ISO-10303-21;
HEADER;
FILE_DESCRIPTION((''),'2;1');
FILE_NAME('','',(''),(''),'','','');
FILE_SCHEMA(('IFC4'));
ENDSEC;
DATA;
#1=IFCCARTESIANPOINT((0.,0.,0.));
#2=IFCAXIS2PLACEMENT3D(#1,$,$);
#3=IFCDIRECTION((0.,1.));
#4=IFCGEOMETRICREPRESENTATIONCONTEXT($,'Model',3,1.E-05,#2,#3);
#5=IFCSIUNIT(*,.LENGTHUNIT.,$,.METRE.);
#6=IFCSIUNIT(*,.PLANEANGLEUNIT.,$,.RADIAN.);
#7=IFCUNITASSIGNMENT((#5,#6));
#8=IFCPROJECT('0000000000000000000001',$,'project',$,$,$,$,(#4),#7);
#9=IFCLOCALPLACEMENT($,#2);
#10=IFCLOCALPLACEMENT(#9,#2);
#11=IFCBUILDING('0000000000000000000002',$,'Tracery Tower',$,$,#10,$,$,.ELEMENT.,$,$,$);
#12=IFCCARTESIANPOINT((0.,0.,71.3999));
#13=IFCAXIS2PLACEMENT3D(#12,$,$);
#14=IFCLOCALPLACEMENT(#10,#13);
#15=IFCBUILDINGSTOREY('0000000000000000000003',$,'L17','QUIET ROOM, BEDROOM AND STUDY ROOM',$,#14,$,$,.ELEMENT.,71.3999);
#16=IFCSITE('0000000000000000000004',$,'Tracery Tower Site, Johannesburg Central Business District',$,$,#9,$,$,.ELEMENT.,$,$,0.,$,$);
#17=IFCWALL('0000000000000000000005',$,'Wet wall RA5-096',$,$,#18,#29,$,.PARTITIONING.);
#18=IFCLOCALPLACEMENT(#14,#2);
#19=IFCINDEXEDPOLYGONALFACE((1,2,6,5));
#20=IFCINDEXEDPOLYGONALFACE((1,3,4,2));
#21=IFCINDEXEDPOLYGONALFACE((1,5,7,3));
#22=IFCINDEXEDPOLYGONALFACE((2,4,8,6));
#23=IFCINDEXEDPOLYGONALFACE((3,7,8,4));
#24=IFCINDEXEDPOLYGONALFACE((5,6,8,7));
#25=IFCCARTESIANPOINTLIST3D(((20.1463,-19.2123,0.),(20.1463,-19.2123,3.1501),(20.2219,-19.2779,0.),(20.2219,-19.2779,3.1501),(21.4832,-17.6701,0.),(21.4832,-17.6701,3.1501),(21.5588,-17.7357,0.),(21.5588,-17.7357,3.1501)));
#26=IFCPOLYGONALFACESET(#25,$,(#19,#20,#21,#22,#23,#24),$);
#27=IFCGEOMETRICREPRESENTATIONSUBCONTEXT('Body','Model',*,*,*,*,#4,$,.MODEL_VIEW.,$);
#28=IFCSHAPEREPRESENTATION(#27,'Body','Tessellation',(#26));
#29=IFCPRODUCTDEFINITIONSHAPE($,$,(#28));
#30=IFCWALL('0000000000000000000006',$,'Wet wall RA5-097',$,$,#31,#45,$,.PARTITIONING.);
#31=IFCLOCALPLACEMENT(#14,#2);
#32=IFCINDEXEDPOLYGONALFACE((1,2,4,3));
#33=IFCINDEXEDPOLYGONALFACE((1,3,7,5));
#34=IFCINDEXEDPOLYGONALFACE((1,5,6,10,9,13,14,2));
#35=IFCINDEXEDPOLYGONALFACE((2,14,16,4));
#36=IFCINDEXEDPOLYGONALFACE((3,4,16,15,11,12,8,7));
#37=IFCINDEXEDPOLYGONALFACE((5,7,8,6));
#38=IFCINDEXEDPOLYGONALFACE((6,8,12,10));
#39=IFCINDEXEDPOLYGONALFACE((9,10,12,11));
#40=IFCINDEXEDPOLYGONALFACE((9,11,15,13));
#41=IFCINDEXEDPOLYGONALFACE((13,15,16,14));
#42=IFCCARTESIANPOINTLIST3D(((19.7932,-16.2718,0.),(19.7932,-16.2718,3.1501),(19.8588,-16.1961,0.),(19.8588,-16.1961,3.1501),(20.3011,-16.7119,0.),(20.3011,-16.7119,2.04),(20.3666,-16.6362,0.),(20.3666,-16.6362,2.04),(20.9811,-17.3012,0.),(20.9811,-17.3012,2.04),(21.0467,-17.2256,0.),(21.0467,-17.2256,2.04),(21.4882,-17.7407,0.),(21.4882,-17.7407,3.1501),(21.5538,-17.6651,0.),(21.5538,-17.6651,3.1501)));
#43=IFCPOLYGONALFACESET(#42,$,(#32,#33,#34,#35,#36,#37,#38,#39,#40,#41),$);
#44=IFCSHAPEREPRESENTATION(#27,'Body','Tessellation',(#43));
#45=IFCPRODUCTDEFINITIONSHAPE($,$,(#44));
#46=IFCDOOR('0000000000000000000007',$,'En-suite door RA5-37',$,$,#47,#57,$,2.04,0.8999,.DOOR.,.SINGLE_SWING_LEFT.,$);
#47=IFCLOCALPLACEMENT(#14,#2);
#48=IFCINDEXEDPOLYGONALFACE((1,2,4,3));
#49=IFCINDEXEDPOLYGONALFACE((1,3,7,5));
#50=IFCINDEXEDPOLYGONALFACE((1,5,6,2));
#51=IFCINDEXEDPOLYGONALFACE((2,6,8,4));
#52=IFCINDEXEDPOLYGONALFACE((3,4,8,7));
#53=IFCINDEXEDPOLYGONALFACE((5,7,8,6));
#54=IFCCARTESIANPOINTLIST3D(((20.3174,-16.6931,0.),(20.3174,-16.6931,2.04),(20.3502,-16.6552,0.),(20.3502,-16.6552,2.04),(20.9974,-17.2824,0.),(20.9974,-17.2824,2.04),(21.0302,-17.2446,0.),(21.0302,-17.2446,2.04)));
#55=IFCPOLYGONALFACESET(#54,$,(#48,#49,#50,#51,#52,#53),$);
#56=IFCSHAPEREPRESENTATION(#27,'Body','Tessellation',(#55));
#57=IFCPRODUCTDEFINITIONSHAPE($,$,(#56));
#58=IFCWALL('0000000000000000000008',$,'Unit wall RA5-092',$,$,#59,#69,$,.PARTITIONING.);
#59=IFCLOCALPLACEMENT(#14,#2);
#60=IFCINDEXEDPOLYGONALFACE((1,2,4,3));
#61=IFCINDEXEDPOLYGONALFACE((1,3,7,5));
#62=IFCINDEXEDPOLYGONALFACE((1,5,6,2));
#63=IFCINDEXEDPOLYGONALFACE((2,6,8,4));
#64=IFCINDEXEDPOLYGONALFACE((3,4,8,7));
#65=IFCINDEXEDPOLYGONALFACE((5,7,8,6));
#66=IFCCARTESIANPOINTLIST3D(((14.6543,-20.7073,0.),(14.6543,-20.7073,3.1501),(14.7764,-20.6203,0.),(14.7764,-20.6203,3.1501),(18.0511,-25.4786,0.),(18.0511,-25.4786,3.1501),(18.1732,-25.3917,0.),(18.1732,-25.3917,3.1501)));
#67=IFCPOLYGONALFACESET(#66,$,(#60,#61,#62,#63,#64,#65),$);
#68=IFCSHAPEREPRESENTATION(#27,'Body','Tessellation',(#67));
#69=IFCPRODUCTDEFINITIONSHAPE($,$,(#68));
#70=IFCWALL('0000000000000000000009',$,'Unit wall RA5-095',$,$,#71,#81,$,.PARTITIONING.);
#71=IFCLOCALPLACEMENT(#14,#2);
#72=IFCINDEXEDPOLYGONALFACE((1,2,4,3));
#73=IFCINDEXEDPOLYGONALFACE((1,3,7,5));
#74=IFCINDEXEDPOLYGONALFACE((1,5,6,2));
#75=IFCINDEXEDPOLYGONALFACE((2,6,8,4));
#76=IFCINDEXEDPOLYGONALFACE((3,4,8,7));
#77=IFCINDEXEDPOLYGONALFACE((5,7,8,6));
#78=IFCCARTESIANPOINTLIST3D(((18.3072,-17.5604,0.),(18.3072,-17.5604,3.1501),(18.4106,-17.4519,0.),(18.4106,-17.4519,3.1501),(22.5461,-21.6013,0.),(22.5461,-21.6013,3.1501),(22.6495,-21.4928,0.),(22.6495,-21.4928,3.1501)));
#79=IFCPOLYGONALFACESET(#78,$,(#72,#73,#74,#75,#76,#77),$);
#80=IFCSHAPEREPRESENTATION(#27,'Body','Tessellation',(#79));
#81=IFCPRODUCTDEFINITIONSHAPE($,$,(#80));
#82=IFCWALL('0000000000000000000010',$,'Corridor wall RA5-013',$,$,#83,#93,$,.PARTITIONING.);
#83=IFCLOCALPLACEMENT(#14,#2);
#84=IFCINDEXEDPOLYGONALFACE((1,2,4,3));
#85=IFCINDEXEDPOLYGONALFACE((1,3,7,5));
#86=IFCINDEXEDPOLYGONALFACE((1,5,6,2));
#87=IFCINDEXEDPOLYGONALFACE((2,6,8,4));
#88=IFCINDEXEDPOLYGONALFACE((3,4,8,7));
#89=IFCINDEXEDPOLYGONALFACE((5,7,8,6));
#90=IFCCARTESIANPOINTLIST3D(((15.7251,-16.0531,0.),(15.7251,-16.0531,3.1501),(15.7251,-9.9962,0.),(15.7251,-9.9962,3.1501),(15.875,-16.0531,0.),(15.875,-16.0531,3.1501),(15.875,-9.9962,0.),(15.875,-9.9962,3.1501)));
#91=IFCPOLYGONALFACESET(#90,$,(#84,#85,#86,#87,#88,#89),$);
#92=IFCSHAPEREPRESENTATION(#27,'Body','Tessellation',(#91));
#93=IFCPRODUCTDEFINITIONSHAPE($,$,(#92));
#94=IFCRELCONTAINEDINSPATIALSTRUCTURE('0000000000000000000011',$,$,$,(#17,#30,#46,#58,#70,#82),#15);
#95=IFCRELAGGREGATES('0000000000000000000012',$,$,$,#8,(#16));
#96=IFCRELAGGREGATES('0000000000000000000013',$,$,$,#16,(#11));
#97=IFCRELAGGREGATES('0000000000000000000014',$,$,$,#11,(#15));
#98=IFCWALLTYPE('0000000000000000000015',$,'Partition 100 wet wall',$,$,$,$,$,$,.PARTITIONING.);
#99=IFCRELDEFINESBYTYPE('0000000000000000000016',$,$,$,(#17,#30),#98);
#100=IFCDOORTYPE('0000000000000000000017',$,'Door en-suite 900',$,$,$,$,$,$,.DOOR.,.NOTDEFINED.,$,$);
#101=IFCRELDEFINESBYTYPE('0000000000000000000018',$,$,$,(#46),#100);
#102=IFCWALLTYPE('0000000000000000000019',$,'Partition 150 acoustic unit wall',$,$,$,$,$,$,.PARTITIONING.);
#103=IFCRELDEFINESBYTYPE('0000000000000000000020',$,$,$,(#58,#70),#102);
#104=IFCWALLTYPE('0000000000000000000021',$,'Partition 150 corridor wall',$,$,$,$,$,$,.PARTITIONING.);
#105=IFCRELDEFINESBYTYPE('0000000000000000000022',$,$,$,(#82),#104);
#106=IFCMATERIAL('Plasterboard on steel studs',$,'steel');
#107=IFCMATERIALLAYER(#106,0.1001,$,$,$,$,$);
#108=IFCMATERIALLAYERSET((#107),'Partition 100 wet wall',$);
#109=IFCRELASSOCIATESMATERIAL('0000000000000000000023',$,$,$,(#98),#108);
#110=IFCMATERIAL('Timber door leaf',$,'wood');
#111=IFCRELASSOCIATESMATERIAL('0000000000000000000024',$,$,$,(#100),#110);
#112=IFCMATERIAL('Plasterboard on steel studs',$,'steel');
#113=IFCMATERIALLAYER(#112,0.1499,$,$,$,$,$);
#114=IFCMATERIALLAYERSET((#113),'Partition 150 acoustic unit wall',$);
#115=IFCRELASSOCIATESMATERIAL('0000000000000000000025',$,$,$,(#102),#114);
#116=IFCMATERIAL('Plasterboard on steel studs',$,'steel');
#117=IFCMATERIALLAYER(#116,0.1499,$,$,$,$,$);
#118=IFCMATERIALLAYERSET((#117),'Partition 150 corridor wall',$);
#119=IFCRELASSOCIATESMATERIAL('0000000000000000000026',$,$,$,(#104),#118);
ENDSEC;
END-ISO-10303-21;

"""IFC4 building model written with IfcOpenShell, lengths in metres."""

from ifc_helpers import new_model, si_unit, direction, frame, frame_2d, origin, place, context, subcontext, project, spatial, rectangle, extrude, material, layer, layer_set, type_object, element, fill, save


model = new_model("IFC4")

# Units and contexts
model_context = context("Model", 3, precision=1e-05, world=origin(), true_north=direction((0.0, 1.0)))
body_context = subcontext(model_context, "Body", "Model", "MODEL_VIEW")
ifc_project = project(units=[si_unit("LENGTHUNIT", "METRE"), si_unit("PLANEANGLEUNIT", "RADIAN")], contexts=[model_context])

# Site, building, storey
site_placement = place(None, origin())
site = spatial("IfcSite", under=ifc_project, at=site_placement, Name="Tracery Tower Site, Johannesburg Central Business District", CompositionType="ELEMENT", RefElevation=0.0)
building_placement = place(site_placement, origin())
building = spatial("IfcBuilding", under=site, at=building_placement, Name="Tracery Tower", CompositionType="ELEMENT")
storey_placement = place(building_placement, frame((0.0, 0.0, 71.3999)))
storey = spatial("IfcBuildingStorey", under=building, at=storey_placement, Name="L17", Description="QUIET ROOM, BEDROOM AND STUDY ROOM", CompositionType="ELEMENT", Elevation=71.3999)

# Shared definitions
ifc_material_1 = material(Name="Plasterboard on steel studs", Category="steel")
ifc_layer_1 = layer(ifc_material_1, 0.1001)
ifc_layer_set_1 = layer_set([ifc_layer_1], Name="Partition 100 wet wall")
wall_type_1 = type_object("IfcWallType", Name="Partition 100 wet wall", PredefinedType="PARTITIONING", material=ifc_layer_set_1)

# Shared definitions
ifc_material_2 = material(Name="Timber door leaf", Category="wood")
door_type = type_object("IfcDoorType", Name="Door en-suite 900", OperationType="NOTDEFINED", PredefinedType="DOOR", material=ifc_material_2)

# Wall
wall_1_placement = place(storey_placement, frame((20.1841, -19.2451, 0.0), z_axis=(0.0, 0.0, 1.0), x_axis=(0.655017, 0.755614, 0.0)))
element("IfcWall", 1, at=wall_1_placement, inside=storey, type_object=wall_type_1, Name="Wet wall RA5-096", PredefinedType="PARTITIONING", context=body_context, shape_type="SweptSolid", body=[
    extrude(rectangle(XDim=2.041, YDim=0.1001, at=frame_2d((1.0205, 0.0))), origin(), (0.0, 0.0, 1.0), 3.1501),
])

# Wall, opening, door
wall_2_placement = place(storey_placement, frame((19.8259, -16.2339, 0.0), z_axis=(0.0, 0.0, 1.0), x_axis=(0.755703, -0.654914, 0.0)))
wall_2 = element("IfcWall", 2, at=wall_2_placement, inside=storey, type_object=wall_type_1, Name="Wet wall RA5-097", PredefinedType="PARTITIONING", context=body_context, shape_type="SweptSolid", body=[
    extrude(rectangle(XDim=2.2429, YDim=0.1001, at=frame_2d((1.1216, 0.0))), origin(), (0.0, 0.0, 1.0), 3.1501),
])
opening_1_placement = place(wall_2_placement, frame((0.6721, 0.0, 0.0)))
opening_1 = element("IfcOpeningElement", 3, at=opening_1_placement, cuts=wall_2, PredefinedType="OPENING", context=body_context, shape_type="SweptSolid", body=[
    extrude(rectangle(XDim=0.8999, YDim=2.04, at=frame_2d((0.45, 1.02))), frame((0.0, 0.05, 0.0), z_axis=(0.0, -1.0, 0.0), x_axis=(1.0, 0.0, 0.0)), (0.0, 0.0, 1.0), 0.1001),
])
door_1_placement = place(opening_1_placement, origin())
door_1 = element("IfcDoor", 4, at=door_1_placement, inside=storey, type_object=door_type, Name="En-suite door RA5-37", OperationType="SINGLE_SWING_LEFT", OverallHeight=2.04, OverallWidth=0.8999, PredefinedType="DOOR", context=body_context, shape_type="SweptSolid", body=[
    extrude(rectangle(XDim=0.8999, YDim=2.04, at=frame_2d((0.45, 1.02))), frame((0.0, 0.0249, 0.0), z_axis=(0.0, -1.0, 0.0), x_axis=(1.0, 0.0, 0.0)), (0.0, 0.0, 1.0), 0.05),
])
fill(opening_1, door_1)

# Walls
ifc_material_3 = material(Name="Plasterboard on steel studs", Category="steel")
ifc_layer_2 = layer(ifc_material_3, 0.1499)
ifc_layer_set_2 = layer_set([ifc_layer_2], Name="Partition 150 acoustic unit wall")
wall_type_2 = type_object("IfcWallType", Name="Partition 150 acoustic unit wall", PredefinedType="PARTITIONING", material=ifc_layer_set_2)
wall_3_placement = place(storey_placement, frame((14.7153, -20.6638, 0.0), z_axis=(0.0, 0.0, 1.0), x_axis=(0.57996, -0.814645, 0.0)))
element("IfcWall", 5, at=wall_3_placement, inside=storey, type_object=wall_type_2, Name="Unit wall RA5-092", PredefinedType="PARTITIONING", context=body_context, shape_type="SweptSolid", body=[
    extrude(rectangle(XDim=5.8569, YDim=0.1499, at=frame_2d((2.9285, 0.0))), origin(), (0.0, 0.0, 1.0), 3.1501),
])
wall_4_placement = place(storey_placement, frame((18.3589, -17.5061, 0.0), z_axis=(0.0, 0.0, 1.0), x_axis=(0.723809, -0.690001, 0.0)))
element("IfcWall", 6, at=wall_4_placement, inside=storey, type_object=wall_type_2, Name="Unit wall RA5-095", PredefinedType="PARTITIONING", context=body_context, shape_type="SweptSolid", body=[
    extrude(rectangle(XDim=5.8564, YDim=0.1499, at=frame_2d((2.9282, 0.0))), origin(), (0.0, 0.0, 1.0), 3.1501),
])
ifc_material_4 = material(Name="Plasterboard on steel studs", Category="steel")
ifc_layer_3 = layer(ifc_material_4, 0.1499)
ifc_layer_set_3 = layer_set([ifc_layer_3], Name="Partition 150 corridor wall")
wall_type_3 = type_object("IfcWallType", Name="Partition 150 corridor wall", PredefinedType="PARTITIONING", material=ifc_layer_set_3)
wall_5_placement = place(storey_placement, frame((15.8, -16.053, 0.0), z_axis=(0.0, 0.0, 1.0), x_axis=(0.0, 1.0, 0.0)))
element("IfcWall", 7, at=wall_5_placement, inside=storey, type_object=wall_type_3, Name="Corridor wall RA5-013", PredefinedType="PARTITIONING", context=body_context, shape_type="SweptSolid", body=[
    extrude(rectangle(XDim=6.0569, YDim=0.1499, at=frame_2d((3.0283, 0.0))), origin(), (0.0, 0.0, 1.0), 3.1501),
])

save(model, "model.ifc")
